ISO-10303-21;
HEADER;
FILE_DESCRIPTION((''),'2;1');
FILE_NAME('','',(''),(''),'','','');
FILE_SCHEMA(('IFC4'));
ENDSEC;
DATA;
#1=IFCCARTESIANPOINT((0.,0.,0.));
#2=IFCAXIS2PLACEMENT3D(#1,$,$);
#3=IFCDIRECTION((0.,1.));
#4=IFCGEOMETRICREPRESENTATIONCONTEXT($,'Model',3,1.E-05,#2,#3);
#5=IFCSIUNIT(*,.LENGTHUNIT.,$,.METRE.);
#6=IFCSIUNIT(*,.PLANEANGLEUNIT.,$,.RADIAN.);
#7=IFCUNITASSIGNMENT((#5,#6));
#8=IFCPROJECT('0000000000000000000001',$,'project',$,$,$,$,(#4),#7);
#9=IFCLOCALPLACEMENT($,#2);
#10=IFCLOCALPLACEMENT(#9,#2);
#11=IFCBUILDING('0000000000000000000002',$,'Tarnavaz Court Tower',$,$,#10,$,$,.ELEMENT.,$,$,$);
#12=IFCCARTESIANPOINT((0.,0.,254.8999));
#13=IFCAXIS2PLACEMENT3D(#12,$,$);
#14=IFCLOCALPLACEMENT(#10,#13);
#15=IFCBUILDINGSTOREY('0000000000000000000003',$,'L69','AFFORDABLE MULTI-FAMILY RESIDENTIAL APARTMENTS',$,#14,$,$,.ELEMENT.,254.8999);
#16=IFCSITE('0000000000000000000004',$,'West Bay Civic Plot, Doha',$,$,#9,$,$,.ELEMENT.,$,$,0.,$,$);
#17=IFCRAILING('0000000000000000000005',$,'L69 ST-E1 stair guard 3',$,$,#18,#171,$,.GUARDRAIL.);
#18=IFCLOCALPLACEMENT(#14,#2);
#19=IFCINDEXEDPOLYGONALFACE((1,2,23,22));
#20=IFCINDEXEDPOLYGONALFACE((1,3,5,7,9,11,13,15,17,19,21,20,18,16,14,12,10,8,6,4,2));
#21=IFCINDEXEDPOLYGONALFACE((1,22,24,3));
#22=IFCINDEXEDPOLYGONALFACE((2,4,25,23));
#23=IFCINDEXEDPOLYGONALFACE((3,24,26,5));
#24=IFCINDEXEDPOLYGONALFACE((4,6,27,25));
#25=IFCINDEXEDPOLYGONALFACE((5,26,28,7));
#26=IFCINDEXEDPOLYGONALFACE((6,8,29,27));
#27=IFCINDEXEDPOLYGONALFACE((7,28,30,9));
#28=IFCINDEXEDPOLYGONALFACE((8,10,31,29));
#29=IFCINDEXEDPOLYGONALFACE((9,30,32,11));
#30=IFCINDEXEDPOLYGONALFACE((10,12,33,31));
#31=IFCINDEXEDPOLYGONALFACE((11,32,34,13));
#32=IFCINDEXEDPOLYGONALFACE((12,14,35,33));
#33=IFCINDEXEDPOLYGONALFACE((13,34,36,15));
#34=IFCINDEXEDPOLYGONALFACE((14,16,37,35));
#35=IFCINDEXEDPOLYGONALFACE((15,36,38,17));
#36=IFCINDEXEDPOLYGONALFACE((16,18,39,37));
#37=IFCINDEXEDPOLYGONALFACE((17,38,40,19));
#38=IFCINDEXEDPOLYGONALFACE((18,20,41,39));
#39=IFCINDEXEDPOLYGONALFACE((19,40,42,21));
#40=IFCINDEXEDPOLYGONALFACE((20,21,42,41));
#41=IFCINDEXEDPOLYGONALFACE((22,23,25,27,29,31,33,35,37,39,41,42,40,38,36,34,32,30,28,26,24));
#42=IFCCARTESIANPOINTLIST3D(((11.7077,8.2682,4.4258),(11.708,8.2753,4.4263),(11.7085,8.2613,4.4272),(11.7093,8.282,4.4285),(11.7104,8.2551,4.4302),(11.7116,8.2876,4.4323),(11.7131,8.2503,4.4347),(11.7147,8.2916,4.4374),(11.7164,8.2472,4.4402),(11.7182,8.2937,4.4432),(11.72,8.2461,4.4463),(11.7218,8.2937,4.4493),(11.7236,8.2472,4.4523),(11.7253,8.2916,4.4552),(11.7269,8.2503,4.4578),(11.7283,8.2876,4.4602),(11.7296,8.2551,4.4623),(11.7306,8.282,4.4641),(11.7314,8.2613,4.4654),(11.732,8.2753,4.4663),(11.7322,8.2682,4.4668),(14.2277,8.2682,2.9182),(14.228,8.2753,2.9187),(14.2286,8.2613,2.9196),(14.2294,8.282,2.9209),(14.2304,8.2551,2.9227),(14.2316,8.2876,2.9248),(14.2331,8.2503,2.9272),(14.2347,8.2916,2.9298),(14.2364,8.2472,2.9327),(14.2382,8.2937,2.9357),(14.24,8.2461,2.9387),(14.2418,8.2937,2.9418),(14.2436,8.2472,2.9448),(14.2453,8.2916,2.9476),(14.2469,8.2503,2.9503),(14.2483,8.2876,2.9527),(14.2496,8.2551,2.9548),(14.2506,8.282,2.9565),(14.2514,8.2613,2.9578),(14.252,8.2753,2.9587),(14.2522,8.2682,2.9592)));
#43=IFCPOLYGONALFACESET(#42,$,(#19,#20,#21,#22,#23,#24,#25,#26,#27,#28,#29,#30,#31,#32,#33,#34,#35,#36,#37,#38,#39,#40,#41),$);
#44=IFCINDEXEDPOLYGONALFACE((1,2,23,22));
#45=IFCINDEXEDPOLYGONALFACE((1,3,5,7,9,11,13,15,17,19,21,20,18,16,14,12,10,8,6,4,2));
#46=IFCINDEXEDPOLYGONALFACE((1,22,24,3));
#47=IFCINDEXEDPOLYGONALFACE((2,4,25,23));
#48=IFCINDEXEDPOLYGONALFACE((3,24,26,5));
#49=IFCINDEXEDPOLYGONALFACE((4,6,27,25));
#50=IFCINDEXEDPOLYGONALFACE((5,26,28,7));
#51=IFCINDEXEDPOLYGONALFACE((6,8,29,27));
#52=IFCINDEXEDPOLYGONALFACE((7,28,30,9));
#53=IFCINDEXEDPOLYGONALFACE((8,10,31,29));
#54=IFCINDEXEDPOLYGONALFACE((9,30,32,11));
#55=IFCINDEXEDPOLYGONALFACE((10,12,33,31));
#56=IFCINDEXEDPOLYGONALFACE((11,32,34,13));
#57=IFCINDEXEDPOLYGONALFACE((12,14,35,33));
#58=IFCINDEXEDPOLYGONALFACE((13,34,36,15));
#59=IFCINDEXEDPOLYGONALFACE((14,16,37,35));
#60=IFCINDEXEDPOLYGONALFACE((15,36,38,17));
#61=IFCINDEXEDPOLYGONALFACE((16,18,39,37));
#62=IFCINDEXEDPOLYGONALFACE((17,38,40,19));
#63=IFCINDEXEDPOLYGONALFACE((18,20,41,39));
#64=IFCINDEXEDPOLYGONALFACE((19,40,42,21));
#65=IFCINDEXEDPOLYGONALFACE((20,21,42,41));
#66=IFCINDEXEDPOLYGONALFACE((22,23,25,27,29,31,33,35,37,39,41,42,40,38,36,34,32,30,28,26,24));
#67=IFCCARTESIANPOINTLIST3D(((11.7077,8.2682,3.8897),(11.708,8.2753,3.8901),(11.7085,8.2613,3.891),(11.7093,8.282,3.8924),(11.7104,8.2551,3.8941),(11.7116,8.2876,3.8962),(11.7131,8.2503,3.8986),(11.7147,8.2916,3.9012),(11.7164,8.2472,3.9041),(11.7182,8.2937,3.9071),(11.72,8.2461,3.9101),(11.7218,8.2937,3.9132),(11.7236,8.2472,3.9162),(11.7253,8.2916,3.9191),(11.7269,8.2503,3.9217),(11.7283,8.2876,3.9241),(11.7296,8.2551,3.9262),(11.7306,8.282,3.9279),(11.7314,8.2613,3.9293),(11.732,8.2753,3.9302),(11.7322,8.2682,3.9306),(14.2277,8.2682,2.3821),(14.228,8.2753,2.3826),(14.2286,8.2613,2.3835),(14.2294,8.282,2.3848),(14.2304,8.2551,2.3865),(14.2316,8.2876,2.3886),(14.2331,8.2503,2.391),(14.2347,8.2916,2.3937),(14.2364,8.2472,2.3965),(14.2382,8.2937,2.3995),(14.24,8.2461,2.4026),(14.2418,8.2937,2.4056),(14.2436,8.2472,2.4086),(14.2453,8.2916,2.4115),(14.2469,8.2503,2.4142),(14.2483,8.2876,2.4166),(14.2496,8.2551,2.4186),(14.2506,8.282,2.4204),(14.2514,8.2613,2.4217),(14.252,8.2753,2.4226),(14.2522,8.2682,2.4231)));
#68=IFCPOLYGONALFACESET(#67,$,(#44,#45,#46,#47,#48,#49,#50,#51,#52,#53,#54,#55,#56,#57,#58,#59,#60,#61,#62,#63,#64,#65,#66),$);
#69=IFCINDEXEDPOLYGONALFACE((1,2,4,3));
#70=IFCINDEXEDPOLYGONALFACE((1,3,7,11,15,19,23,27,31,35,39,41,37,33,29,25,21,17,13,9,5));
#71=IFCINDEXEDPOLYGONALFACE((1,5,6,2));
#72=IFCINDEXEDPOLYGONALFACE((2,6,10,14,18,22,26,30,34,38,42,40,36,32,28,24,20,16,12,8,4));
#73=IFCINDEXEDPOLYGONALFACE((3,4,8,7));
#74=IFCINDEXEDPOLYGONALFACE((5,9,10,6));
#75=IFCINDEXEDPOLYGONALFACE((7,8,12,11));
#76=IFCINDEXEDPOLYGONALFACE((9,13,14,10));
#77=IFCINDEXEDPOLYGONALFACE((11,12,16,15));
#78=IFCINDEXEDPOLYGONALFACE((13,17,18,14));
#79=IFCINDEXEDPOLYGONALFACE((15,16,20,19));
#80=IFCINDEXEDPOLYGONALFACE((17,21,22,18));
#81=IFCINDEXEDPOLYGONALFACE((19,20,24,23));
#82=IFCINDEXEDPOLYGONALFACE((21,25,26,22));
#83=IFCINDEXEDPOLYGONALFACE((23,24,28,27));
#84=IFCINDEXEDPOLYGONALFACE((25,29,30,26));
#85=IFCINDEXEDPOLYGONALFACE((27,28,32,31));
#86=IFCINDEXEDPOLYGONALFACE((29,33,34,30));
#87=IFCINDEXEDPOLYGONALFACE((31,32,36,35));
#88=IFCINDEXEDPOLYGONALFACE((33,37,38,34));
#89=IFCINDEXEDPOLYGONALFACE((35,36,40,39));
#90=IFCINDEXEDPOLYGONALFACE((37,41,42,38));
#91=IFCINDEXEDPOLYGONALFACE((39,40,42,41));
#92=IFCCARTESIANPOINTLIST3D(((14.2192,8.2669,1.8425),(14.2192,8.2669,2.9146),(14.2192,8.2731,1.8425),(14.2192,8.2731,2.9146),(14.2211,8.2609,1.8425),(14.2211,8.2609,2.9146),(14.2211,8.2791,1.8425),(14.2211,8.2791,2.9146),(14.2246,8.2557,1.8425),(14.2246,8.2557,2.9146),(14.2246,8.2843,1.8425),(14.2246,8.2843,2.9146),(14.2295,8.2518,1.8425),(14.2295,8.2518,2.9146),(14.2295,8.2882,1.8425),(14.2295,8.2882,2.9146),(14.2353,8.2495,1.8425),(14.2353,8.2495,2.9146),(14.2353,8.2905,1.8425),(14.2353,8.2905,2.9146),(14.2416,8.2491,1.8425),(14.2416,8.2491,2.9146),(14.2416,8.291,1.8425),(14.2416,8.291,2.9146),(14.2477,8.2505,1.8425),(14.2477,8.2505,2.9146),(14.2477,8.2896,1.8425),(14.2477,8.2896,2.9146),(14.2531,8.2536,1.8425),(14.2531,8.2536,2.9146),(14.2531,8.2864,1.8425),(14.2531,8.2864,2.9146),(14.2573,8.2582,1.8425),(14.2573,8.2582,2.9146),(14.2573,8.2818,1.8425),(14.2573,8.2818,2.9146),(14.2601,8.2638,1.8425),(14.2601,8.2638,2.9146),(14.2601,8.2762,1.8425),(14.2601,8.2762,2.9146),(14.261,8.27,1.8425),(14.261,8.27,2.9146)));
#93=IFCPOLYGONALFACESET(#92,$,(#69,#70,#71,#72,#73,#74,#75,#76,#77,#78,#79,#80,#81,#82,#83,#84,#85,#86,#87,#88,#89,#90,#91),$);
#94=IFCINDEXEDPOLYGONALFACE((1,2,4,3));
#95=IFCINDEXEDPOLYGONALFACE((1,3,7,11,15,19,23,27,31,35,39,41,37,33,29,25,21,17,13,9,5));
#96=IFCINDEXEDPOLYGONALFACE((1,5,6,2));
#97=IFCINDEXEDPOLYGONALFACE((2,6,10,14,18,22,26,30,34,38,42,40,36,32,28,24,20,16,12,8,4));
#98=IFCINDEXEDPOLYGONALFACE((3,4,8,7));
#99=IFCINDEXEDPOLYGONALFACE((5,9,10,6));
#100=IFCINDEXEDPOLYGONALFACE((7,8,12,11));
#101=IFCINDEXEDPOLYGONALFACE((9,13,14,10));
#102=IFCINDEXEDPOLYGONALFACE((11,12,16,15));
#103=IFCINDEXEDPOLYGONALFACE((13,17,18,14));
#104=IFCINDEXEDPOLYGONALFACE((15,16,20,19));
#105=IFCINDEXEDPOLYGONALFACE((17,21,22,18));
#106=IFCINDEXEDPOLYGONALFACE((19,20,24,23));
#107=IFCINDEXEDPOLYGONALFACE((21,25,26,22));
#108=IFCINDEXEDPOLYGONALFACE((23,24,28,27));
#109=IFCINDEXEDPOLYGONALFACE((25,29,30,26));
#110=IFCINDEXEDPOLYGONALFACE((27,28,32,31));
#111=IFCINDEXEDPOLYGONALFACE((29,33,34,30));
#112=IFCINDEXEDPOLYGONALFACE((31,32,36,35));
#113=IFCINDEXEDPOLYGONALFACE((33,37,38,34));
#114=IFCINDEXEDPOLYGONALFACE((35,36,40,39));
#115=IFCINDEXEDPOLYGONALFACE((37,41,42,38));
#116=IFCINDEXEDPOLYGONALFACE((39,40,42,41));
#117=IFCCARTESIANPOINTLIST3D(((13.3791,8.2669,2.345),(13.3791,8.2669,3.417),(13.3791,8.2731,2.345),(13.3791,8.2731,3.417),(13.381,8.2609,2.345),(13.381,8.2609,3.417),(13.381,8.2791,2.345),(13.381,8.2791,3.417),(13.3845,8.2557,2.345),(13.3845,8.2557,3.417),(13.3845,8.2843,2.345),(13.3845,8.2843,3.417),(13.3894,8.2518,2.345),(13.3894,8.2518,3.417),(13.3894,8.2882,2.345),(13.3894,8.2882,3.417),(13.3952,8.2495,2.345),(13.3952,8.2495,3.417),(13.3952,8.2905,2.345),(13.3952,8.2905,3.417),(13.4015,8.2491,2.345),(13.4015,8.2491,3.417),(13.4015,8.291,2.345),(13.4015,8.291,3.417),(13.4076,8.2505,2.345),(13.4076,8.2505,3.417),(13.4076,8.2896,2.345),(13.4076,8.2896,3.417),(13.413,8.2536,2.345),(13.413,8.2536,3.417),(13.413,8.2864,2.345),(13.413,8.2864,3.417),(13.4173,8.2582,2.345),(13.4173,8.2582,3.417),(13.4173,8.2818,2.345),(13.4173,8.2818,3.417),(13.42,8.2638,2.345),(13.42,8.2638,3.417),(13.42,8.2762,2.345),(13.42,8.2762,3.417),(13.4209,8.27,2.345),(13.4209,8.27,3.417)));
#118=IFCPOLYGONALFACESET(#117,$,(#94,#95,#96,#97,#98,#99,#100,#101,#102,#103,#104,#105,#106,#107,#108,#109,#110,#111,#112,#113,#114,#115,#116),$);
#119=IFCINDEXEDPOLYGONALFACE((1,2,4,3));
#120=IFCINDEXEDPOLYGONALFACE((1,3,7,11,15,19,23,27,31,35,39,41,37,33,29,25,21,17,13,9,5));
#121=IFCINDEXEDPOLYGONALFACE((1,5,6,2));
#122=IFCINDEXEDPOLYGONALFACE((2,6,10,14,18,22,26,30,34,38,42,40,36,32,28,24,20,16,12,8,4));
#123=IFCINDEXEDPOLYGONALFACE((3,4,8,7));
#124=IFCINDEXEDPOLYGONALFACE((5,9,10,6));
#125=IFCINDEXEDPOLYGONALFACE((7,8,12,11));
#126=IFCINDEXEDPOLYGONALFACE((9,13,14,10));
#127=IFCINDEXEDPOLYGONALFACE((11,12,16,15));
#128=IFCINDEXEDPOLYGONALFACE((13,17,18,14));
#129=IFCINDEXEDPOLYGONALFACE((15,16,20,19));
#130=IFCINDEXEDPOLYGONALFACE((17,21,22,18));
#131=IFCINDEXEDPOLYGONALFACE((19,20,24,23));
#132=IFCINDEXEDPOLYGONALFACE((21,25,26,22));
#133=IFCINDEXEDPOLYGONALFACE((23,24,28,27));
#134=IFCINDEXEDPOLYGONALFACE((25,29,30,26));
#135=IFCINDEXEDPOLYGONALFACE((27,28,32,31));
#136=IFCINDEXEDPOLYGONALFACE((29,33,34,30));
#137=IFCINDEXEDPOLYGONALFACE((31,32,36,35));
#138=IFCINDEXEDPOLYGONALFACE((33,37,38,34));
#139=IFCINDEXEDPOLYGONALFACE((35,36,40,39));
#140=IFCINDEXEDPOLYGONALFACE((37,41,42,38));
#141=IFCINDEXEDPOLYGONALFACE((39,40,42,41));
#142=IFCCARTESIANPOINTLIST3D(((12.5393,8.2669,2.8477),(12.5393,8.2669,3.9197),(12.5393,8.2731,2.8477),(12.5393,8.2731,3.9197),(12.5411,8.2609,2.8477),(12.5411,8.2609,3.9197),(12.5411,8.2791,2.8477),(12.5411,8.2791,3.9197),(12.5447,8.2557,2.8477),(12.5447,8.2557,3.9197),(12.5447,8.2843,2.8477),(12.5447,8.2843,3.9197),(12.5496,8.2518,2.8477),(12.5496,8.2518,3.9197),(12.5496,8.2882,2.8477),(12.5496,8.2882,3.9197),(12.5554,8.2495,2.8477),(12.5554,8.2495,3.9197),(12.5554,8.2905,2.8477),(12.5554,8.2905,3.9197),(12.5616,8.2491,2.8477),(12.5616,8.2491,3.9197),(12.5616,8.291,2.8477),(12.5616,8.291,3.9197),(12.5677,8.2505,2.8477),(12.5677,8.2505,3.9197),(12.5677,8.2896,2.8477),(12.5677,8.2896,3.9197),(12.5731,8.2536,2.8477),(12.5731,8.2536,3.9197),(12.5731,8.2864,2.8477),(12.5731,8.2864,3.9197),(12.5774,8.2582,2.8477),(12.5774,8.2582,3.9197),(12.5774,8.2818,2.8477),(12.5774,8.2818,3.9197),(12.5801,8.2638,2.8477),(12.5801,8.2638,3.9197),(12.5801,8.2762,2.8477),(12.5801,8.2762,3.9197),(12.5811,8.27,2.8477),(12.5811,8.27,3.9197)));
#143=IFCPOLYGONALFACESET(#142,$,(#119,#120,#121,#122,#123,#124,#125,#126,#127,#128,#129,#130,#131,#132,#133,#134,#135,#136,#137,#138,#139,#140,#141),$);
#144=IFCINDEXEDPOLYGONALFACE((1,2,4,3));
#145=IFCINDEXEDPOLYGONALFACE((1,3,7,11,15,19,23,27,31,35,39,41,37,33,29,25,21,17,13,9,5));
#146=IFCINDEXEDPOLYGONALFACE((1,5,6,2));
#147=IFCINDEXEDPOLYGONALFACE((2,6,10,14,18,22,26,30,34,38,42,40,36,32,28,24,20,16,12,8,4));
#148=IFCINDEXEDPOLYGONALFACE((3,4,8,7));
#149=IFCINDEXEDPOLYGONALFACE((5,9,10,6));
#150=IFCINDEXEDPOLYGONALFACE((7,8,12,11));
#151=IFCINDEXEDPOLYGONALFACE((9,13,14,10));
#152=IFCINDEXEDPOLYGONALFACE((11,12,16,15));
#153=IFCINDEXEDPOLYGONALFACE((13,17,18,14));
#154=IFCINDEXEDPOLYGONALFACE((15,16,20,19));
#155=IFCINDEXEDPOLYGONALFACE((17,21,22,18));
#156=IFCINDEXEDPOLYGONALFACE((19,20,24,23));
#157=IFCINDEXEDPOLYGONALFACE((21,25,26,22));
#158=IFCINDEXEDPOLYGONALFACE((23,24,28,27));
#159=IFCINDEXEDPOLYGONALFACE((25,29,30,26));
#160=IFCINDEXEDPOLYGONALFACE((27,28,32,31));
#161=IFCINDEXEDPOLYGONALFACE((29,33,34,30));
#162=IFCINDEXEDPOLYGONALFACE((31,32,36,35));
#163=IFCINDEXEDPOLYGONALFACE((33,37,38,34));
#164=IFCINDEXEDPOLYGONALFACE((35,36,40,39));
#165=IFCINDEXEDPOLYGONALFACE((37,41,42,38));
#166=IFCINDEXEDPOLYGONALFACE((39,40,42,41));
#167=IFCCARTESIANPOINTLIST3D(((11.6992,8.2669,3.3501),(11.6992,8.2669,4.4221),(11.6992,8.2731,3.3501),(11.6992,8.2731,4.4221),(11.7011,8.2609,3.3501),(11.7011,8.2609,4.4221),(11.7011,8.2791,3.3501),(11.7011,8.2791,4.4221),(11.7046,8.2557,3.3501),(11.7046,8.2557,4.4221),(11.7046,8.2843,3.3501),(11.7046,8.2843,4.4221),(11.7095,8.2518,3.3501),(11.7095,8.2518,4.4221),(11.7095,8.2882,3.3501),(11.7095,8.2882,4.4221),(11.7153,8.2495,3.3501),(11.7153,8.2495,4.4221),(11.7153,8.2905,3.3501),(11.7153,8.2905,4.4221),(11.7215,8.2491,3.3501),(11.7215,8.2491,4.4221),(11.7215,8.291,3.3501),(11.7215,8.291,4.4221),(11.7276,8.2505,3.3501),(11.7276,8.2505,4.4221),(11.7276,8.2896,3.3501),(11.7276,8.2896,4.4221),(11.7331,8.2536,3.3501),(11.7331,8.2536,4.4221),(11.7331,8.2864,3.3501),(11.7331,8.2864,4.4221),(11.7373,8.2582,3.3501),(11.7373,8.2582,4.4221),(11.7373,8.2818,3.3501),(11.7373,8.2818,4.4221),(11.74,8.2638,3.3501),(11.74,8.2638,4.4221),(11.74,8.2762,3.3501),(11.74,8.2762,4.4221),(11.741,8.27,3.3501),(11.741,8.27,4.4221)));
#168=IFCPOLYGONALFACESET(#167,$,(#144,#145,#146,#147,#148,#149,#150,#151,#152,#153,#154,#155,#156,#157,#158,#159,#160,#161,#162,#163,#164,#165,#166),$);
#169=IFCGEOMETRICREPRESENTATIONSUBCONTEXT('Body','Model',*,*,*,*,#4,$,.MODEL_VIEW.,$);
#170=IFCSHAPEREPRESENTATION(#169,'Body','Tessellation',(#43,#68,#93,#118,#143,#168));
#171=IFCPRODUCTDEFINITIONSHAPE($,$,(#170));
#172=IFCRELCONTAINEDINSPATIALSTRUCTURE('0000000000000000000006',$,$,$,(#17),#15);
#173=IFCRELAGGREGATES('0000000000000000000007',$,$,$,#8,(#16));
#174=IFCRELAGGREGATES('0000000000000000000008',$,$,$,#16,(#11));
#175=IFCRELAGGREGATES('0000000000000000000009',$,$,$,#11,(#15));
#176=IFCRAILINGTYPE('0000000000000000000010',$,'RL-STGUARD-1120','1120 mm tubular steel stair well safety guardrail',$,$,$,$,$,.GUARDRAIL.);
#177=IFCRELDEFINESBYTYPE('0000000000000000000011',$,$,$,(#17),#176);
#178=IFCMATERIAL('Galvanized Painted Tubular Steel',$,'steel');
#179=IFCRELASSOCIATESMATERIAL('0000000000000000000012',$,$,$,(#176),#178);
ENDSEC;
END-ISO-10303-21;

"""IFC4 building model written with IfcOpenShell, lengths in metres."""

from ifc_helpers import new_model, si_unit, direction, frame, origin, origin_2d, place, context, subcontext, project, spatial, circle, extrude, material, type_object, element, save


model = new_model("IFC4")

# Units and contexts
model_context = context("Model", 3, precision=1e-05, world=origin(), true_north=direction((0.0, 1.0)))
body_context = subcontext(model_context, "Body", "Model", "MODEL_VIEW")
ifc_project = project(units=[si_unit("LENGTHUNIT", "METRE"), si_unit("PLANEANGLEUNIT", "RADIAN")], contexts=[model_context])

# Site, building, storey
site_placement = place(None, origin())
site = spatial("IfcSite", under=ifc_project, at=site_placement, Name="West Bay Civic Plot, Doha", CompositionType="ELEMENT", RefElevation=0.0)
building_placement = place(site_placement, origin())
building = spatial("IfcBuilding", under=site, at=building_placement, Name="Tarnavaz Court Tower", CompositionType="ELEMENT")
storey_placement = place(building_placement, frame((0.0, 0.0, 254.8999)))
storey = spatial("IfcBuildingStorey", under=building, at=storey_placement, Name="L69", Description="AFFORDABLE MULTI-FAMILY RESIDENTIAL APARTMENTS", CompositionType="ELEMENT", Elevation=254.8999)

# Railing
ifc_material_1 = material(Name="Galvanized Painted Tubular Steel", Category="steel")
railing_type_1 = type_object("IfcRailingType", Name="RL-STGUARD-1120", Description="1120 mm tubular steel stair well safety guardrail", PredefinedType="GUARDRAIL", material=ifc_material_1)
railing_1_placement = place(storey_placement, frame((14.24, 8.27, 1.8425)))
element("IfcRailing", 1, at=railing_1_placement, inside=storey, type_object=railing_type_1, Name="L69 ST-E1 stair guard 3", PredefinedType="GUARDRAIL", context=body_context, shape_type="SweptSolid", body=[
    extrude(circle(Radius=0.0239, at=origin_2d()), frame((0.0, 0.0, 1.0962), z_axis=(-0.85816, 0.0, 0.513383), x_axis=(0.0, -1.0, 0.0)), (0.0, 0.0, 1.0), 2.9365),
    extrude(circle(Radius=0.0239, at=origin_2d()), frame((0.0, 0.0, 0.5601), z_axis=(-0.85816, 0.0, 0.513383), x_axis=(0.0, -1.0, 0.0)), (0.0, 0.0, 1.0), 2.9365),
    extrude(circle(Radius=0.021, at=origin_2d()), origin(), (0.0, 0.0, 1.0), 1.072),
    extrude(circle(Radius=0.021, at=origin_2d()), frame((-0.8401, 0.0, 0.5024)), (0.0, 0.0, 1.0), 1.072),
    extrude(circle(Radius=0.021, at=origin_2d()), frame((-1.6799, 0.0, 1.0051)), (0.0, 0.0, 1.0), 1.072),
    extrude(circle(Radius=0.021, at=origin_2d()), frame((-2.52, 0.0, 1.5076)), (0.0, 0.0, 1.0), 1.072),
])

save(model, "model.ifc")
